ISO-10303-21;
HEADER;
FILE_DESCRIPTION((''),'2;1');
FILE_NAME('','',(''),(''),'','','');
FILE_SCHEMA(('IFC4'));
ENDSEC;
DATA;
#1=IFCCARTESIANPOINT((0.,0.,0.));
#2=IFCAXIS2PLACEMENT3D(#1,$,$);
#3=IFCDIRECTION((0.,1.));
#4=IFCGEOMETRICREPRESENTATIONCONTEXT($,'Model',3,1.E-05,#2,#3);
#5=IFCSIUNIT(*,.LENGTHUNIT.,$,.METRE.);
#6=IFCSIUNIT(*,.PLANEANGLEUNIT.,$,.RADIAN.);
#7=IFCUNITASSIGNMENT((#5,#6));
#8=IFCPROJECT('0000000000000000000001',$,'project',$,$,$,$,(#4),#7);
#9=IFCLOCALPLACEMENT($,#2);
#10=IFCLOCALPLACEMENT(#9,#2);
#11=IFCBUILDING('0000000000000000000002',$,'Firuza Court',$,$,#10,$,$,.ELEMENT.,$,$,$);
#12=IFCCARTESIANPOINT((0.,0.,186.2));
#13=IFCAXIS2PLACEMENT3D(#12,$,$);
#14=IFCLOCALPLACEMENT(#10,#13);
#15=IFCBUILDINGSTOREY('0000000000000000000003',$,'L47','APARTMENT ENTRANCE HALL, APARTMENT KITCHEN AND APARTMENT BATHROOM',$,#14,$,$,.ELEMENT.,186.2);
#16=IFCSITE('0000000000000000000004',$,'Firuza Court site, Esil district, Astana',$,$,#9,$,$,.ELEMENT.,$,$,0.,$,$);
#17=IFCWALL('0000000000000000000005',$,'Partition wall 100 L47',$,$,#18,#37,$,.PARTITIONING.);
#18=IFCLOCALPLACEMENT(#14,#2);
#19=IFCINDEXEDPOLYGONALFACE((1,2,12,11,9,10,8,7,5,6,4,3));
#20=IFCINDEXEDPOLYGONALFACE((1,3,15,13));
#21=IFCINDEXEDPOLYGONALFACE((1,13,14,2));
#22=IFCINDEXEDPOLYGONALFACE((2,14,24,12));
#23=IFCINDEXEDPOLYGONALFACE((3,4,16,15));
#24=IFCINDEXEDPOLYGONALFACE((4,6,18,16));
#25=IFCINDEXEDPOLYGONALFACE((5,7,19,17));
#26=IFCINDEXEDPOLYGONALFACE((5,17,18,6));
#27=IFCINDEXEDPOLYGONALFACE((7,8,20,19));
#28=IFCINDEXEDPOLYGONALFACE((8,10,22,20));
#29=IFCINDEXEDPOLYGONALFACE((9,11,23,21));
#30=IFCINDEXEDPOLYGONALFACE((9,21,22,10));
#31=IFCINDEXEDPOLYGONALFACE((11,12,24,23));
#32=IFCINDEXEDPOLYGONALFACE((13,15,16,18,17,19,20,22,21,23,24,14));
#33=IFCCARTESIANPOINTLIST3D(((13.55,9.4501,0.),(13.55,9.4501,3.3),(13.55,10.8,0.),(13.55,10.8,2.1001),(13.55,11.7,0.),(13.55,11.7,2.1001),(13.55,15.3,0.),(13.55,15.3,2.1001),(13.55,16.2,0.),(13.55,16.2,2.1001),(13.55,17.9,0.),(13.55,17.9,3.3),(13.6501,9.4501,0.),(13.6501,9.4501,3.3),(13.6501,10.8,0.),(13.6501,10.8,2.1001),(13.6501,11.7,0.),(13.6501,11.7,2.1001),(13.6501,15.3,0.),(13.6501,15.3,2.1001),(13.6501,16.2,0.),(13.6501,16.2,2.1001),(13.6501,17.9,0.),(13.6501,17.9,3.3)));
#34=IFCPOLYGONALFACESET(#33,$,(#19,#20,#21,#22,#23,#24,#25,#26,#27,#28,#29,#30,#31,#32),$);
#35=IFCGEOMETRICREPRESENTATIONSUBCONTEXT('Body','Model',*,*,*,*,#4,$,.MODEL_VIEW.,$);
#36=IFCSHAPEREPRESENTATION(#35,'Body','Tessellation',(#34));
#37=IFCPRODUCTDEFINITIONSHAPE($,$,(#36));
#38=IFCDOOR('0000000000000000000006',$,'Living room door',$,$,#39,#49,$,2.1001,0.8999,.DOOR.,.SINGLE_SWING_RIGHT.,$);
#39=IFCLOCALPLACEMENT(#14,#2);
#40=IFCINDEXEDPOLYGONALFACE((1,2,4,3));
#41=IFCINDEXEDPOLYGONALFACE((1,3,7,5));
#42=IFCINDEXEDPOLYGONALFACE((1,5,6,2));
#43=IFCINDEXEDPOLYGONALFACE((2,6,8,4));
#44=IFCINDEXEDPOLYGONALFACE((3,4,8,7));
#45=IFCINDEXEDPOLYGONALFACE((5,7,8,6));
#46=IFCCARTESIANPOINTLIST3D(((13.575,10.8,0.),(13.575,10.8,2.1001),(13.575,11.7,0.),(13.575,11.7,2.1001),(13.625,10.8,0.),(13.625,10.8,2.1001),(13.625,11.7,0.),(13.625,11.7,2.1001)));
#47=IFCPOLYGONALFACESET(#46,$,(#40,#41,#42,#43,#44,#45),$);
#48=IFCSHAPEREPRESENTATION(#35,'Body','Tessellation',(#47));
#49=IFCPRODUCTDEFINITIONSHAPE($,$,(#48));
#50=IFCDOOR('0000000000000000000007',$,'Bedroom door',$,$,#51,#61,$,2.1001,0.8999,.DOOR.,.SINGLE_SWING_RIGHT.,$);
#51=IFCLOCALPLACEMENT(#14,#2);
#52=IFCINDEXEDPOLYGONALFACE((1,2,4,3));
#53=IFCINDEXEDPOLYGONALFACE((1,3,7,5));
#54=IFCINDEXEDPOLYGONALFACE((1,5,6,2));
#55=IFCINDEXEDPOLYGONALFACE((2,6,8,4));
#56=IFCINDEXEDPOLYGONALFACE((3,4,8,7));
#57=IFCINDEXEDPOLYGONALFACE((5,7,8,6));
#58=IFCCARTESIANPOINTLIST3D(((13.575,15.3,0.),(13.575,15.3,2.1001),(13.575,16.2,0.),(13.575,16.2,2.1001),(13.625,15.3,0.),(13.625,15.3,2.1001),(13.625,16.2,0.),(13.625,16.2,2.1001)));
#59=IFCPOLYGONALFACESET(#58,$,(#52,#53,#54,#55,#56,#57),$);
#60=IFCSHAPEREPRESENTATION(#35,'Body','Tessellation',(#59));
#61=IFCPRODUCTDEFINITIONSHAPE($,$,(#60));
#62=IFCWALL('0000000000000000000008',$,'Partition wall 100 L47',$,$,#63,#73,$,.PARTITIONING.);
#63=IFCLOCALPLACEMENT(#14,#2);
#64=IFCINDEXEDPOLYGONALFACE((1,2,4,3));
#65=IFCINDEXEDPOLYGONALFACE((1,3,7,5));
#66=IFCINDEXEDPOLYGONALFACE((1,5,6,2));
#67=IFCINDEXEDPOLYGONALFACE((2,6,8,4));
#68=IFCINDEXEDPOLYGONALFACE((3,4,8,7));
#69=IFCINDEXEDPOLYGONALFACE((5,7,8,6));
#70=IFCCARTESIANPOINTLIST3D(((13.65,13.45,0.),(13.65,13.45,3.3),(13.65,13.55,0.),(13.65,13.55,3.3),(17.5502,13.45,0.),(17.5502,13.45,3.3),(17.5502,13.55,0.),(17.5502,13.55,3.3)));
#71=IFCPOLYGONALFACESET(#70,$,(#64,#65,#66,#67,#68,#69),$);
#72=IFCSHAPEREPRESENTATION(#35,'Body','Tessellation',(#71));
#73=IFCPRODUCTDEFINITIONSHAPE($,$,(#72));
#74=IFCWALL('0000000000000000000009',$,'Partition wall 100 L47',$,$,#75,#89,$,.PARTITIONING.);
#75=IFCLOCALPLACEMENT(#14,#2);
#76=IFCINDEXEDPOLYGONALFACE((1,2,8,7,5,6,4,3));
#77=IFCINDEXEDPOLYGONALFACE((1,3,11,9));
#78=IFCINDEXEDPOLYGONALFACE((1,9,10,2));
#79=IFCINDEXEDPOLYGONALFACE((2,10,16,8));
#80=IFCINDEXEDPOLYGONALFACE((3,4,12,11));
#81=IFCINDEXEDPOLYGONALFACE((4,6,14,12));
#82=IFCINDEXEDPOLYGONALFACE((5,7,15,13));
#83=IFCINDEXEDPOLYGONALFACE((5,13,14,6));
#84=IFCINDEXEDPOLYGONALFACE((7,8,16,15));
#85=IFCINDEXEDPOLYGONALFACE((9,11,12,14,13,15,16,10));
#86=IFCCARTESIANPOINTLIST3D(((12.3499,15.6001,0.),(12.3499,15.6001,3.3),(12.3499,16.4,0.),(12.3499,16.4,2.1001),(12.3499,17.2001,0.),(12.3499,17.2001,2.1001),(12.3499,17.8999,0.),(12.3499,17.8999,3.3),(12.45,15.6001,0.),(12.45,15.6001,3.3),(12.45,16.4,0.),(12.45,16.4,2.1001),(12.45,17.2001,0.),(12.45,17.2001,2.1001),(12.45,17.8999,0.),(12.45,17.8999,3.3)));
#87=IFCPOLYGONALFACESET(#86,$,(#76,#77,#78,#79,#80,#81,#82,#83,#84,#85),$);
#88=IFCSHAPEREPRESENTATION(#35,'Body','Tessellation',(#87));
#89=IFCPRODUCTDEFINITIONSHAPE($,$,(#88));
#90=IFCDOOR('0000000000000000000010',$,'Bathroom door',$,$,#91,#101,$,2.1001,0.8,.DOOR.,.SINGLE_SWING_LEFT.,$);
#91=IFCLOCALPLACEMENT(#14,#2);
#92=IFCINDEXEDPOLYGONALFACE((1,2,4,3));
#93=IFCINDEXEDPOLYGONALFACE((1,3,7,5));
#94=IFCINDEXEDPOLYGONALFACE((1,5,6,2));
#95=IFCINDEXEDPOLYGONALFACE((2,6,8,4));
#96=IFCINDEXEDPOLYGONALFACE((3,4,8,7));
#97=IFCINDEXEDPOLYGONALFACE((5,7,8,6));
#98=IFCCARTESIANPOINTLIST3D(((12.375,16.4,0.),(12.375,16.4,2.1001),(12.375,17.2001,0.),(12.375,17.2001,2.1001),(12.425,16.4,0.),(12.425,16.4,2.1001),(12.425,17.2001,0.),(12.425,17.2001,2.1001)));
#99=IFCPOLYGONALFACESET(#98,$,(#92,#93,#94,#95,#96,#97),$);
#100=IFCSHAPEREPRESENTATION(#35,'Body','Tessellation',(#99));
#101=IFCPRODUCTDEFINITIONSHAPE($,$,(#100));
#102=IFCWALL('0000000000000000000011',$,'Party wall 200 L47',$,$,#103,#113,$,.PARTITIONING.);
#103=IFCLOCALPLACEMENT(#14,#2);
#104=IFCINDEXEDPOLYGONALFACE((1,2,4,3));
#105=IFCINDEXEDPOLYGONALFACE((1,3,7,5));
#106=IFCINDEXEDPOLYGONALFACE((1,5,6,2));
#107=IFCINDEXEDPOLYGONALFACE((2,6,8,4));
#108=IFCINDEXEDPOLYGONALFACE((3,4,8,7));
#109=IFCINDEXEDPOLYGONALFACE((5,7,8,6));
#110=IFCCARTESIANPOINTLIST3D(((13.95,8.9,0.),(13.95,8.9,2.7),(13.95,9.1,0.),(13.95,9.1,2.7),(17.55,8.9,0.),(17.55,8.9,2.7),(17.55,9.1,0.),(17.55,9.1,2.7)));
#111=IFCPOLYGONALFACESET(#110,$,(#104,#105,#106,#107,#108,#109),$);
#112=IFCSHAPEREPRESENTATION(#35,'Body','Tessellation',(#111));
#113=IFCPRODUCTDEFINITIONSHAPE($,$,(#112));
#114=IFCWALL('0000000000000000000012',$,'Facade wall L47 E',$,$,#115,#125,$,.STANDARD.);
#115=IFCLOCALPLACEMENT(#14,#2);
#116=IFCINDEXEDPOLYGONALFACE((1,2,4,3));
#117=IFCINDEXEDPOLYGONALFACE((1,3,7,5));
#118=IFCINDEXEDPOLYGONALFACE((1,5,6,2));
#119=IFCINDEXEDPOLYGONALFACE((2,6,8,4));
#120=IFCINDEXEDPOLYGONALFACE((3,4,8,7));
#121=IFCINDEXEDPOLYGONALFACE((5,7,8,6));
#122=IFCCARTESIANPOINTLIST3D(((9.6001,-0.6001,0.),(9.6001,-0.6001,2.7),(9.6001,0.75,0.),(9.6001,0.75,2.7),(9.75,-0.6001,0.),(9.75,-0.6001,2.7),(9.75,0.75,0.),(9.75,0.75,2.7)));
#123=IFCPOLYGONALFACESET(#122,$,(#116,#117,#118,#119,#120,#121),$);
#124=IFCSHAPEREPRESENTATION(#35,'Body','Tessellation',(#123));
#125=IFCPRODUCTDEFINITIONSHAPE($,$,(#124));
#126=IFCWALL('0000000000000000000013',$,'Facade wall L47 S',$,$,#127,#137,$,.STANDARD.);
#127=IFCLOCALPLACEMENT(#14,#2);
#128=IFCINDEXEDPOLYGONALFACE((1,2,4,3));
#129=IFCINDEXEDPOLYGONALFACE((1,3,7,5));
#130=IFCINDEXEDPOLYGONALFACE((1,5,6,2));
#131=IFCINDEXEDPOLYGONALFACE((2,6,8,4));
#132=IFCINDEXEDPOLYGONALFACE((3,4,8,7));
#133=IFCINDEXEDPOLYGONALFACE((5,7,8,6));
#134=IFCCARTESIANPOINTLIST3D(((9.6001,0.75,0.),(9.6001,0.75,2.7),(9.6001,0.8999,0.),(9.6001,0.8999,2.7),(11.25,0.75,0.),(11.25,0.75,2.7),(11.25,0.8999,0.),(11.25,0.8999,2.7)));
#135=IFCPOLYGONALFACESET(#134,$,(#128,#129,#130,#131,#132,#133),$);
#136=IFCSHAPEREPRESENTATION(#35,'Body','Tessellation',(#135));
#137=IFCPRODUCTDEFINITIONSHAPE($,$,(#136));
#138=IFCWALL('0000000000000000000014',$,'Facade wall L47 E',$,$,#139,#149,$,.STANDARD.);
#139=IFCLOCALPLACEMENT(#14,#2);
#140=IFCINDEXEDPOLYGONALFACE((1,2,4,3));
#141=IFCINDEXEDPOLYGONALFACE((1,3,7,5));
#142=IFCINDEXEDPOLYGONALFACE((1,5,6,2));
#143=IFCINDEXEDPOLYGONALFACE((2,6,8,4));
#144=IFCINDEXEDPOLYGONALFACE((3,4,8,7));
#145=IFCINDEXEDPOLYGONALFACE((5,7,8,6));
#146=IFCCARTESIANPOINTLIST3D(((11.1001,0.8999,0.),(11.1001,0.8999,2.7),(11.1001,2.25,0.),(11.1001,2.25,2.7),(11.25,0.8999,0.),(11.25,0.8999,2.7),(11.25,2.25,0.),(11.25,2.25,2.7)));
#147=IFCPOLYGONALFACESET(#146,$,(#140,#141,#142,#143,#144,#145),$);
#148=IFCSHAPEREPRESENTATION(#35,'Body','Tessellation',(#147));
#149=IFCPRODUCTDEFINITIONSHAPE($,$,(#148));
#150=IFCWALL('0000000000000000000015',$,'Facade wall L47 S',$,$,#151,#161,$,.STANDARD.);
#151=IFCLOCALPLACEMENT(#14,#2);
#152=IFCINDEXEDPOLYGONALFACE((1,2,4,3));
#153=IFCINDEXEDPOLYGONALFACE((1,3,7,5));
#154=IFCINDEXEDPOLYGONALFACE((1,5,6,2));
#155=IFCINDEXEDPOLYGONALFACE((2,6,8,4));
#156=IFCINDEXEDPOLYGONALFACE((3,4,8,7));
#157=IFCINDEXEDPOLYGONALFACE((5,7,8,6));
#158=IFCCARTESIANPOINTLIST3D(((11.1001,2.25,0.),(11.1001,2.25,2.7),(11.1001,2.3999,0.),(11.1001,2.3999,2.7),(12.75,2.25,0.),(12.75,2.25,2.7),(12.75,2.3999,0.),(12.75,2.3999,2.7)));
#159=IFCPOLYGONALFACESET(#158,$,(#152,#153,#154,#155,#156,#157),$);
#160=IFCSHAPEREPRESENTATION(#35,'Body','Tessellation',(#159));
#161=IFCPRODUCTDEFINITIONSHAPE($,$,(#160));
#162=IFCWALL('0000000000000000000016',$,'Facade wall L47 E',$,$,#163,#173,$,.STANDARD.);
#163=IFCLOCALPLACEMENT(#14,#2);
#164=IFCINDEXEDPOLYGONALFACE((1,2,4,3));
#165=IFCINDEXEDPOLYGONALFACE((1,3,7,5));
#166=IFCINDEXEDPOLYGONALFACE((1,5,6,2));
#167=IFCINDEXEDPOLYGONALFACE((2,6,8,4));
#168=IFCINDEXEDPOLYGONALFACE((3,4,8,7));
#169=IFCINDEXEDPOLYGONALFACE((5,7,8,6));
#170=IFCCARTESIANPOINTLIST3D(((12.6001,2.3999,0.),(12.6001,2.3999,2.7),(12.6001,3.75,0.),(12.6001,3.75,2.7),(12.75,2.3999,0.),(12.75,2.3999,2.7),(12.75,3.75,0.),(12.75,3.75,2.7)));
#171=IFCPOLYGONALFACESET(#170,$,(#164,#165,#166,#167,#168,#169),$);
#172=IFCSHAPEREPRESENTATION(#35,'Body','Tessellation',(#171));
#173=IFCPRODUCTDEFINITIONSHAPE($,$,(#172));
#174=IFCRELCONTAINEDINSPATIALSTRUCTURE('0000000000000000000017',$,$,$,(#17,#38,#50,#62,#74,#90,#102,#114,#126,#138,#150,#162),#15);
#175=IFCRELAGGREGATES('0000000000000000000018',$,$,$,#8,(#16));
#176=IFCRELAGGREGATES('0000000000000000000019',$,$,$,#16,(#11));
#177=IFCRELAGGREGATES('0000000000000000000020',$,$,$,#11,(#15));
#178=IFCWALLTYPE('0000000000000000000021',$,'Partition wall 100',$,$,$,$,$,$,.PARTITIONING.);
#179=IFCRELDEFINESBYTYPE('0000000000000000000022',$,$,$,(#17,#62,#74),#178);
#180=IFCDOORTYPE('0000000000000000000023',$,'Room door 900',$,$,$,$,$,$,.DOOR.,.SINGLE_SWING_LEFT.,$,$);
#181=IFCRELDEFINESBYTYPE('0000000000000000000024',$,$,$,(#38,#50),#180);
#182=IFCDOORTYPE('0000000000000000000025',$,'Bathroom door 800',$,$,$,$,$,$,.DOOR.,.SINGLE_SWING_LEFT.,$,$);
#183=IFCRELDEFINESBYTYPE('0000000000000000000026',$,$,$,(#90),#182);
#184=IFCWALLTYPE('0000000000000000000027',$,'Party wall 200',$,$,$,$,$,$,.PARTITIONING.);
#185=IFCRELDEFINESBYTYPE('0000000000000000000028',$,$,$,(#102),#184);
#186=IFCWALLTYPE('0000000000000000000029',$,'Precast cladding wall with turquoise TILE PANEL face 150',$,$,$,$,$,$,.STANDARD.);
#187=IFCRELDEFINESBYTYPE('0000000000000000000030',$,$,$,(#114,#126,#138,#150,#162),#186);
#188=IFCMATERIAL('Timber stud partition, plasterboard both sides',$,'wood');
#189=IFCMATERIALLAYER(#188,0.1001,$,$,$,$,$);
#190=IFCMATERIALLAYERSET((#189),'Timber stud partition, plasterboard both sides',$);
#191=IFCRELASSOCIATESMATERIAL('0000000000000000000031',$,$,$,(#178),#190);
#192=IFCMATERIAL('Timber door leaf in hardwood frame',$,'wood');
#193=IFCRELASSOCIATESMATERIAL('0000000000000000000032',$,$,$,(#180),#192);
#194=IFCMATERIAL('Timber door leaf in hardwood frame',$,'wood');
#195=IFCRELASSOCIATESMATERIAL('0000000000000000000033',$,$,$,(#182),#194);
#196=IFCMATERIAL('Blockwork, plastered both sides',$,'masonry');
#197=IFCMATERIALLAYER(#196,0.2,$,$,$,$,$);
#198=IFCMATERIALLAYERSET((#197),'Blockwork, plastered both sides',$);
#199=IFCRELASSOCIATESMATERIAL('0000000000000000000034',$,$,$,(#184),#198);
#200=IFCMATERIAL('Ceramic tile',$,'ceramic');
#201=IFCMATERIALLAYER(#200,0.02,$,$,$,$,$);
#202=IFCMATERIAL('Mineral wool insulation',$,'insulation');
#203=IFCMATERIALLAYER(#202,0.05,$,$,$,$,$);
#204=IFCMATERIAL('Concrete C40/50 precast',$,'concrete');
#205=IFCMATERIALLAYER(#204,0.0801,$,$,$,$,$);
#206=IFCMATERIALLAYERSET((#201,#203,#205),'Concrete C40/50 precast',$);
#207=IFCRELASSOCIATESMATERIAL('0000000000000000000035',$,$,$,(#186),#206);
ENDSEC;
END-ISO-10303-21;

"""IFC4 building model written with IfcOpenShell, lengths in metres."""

from ifc_helpers import new_model, si_unit, direction, frame, frame_2d, origin, place, context, subcontext, project, spatial, rectangle, extrude, material, layer, layer_set, type_object, element, fill, save


model = new_model("IFC4")

# Units and contexts
model_context = context("Model", 3, precision=1e-05, world=origin(), true_north=direction((0.0, 1.0)))
body_context = subcontext(model_context, "Body", "Model", "MODEL_VIEW")
ifc_project = project(units=[si_unit("LENGTHUNIT", "METRE"), si_unit("PLANEANGLEUNIT", "RADIAN")], contexts=[model_context])

# Site, building, storey
site_placement = place(None, origin())
site = spatial("IfcSite", under=ifc_project, at=site_placement, Name="Firuza Court site, Esil district, Astana", CompositionType="ELEMENT", RefElevation=0.0)
building_placement = place(site_placement, origin())
building = spatial("IfcBuilding", under=site, at=building_placement, Name="Firuza Court", CompositionType="ELEMENT")
storey_placement = place(building_placement, frame((0.0, 0.0, 186.2)))
storey = spatial("IfcBuildingStorey", under=building, at=storey_placement, Name="L47", Description="APARTMENT ENTRANCE HALL, APARTMENT KITCHEN AND APARTMENT BATHROOM", CompositionType="ELEMENT", Elevation=186.2)

# Shared definitions
ifc_material_1 = material(Name="Timber stud partition, plasterboard both sides", Category="wood")
ifc_layer_1 = layer(ifc_material_1, 0.1001)
ifc_layer_set_1 = layer_set([ifc_layer_1], Name="Timber stud partition, plasterboard both sides")
wall_type_1 = type_object("IfcWallType", Name="Partition wall 100", PredefinedType="PARTITIONING", material=ifc_layer_set_1)

# Shared definitions
ifc_material_2 = material(Name="Timber door leaf in hardwood frame", Category="wood")
door_type_1 = type_object("IfcDoorType", Name="Room door 900", OperationType="SINGLE_SWING_LEFT", PredefinedType="DOOR", material=ifc_material_2)

# Wall, openings, doors
wall_1_placement = place(storey_placement, frame((13.6001, 9.45, 0.0), z_axis=(0.0, 0.0, 1.0), x_axis=(0.0, 1.0, 0.0)))
wall_1 = element("IfcWall", 1, at=wall_1_placement, inside=storey, type_object=wall_type_1, Name="Partition wall 100 L47", PredefinedType="PARTITIONING", context=body_context, shape_type="SweptSolid", body=[
    extrude(rectangle(XDim=8.45, YDim=0.1001, at=frame_2d((4.2251, 0.0))), origin(), (0.0, 0.0, 1.0), 3.3),
])
opening_1_placement = place(wall_1_placement, frame((1.3501, 0.0, 0.0)))
opening_1 = element("IfcOpeningElement", 2, at=opening_1_placement, cuts=wall_1, PredefinedType="OPENING", context=body_context, shape_type="SweptSolid", body=[
    extrude(rectangle(XDim=0.8999, YDim=2.1001, at=frame_2d((0.45, 1.05))), frame((0.0, 0.062, 0.0), z_axis=(0.0, -1.0, 0.0), x_axis=(1.0, 0.0, 0.0)), (0.0, 0.0, 1.0), 0.124),
])
opening_2_placement = place(wall_1_placement, frame((5.8501, 0.0, 0.0)))
opening_2 = element("IfcOpeningElement", 3, at=opening_2_placement, cuts=wall_1, PredefinedType="OPENING", context=body_context, shape_type="SweptSolid", body=[
    extrude(rectangle(XDim=0.8999, YDim=2.1001, at=frame_2d((0.45, 1.05))), frame((0.0, 0.062, 0.0), z_axis=(0.0, -1.0, 0.0), x_axis=(1.0, 0.0, 0.0)), (0.0, 0.0, 1.0), 0.124),
])
door_1_placement = place(opening_1_placement, frame((0.8999, 0.0, 0.0), z_axis=(0.0, 0.0, 1.0), x_axis=(-1.0, 0.0, 0.0)))
door_1 = element("IfcDoor", 4, at=door_1_placement, inside=storey, type_object=door_type_1, Name="Living room door", OperationType="SINGLE_SWING_RIGHT", OverallHeight=2.1001, OverallWidth=0.8999, PredefinedType="DOOR", context=body_context, shape_type="SweptSolid", body=[
    extrude(rectangle(XDim=0.8999, YDim=2.1001, at=frame_2d((0.45, 1.05))), frame((0.0, 0.0249, 0.0), z_axis=(0.0, -1.0, 0.0), x_axis=(1.0, 0.0, 0.0)), (0.0, 0.0, 1.0), 0.05),
])
fill(opening_1, door_1)
door_2_placement = place(opening_2_placement, frame((0.8999, 0.0, 0.0), z_axis=(0.0, 0.0, 1.0), x_axis=(-1.0, 0.0, 0.0)))
door_2 = element("IfcDoor", 5, at=door_2_placement, inside=storey, type_object=door_type_1, Name="Bedroom door", OperationType="SINGLE_SWING_RIGHT", OverallHeight=2.1001, OverallWidth=0.8999, PredefinedType="DOOR", context=body_context, shape_type="SweptSolid", body=[
    extrude(rectangle(XDim=0.8999, YDim=2.1001, at=frame_2d((0.45, 1.05))), frame((0.0, 0.0249, 0.0), z_axis=(0.0, -1.0, 0.0), x_axis=(1.0, 0.0, 0.0)), (0.0, 0.0, 1.0), 0.05),
])
fill(opening_2, door_2)

# Wall
wall_2_placement = place(storey_placement, frame((13.6499, 13.5, 0.0), z_axis=(0.0, 0.0, 1.0), x_axis=(1.0, 0.0, 0.0)))
element("IfcWall", 6, at=wall_2_placement, inside=storey, type_object=wall_type_1, Name="Partition wall 100 L47", PredefinedType="PARTITIONING", context=body_context, shape_type="SweptSolid", body=[
    extrude(rectangle(XDim=3.9001, YDim=0.1001, at=frame_2d((1.9502, 0.0))), origin(), (0.0, 0.0, 1.0), 3.3),
])

# Wall, opening, door
wall_3_placement = place(storey_placement, frame((12.3999, 15.6001, 0.0), z_axis=(0.0, 0.0, 1.0), x_axis=(0.0, 1.0, 0.0)))
wall_3 = element("IfcWall", 7, at=wall_3_placement, inside=storey, type_object=wall_type_1, Name="Partition wall 100 L47", PredefinedType="PARTITIONING", context=body_context, shape_type="SweptSolid", body=[
    extrude(rectangle(XDim=2.2998, YDim=0.1001, at=frame_2d((1.1499, 0.0))), origin(), (0.0, 0.0, 1.0), 3.3),
])
opening_3_placement = place(wall_3_placement, frame((0.8, 0.0, 0.0)))
opening_3 = element("IfcOpeningElement", 8, at=opening_3_placement, cuts=wall_3, PredefinedType="OPENING", context=body_context, shape_type="SweptSolid", body=[
    extrude(rectangle(XDim=0.8, YDim=2.1001, at=frame_2d((0.3999, 1.05))), frame((0.0, 0.062, 0.0), z_axis=(0.0, -1.0, 0.0), x_axis=(1.0, 0.0, 0.0)), (0.0, 0.0, 1.0), 0.124),
])
ifc_material_3 = material(Name="Timber door leaf in hardwood frame", Category="wood")
door_type_2 = type_object("IfcDoorType", Name="Bathroom door 800", OperationType="SINGLE_SWING_LEFT", PredefinedType="DOOR", material=ifc_material_3)
door_3_placement = place(opening_3_placement, origin())
door_3 = element("IfcDoor", 9, at=door_3_placement, inside=storey, type_object=door_type_2, Name="Bathroom door", OperationType="SINGLE_SWING_LEFT", OverallHeight=2.1001, OverallWidth=0.8, PredefinedType="DOOR", context=body_context, shape_type="SweptSolid", body=[
    extrude(rectangle(XDim=0.8, YDim=2.1001, at=frame_2d((0.3999, 1.05))), frame((0.0, 0.0249, 0.0), z_axis=(0.0, -1.0, 0.0), x_axis=(1.0, 0.0, 0.0)), (0.0, 0.0, 1.0), 0.05),
])
fill(opening_3, door_3)

# Walls
ifc_material_4 = material(Name="Blockwork, plastered both sides", Category="masonry")
ifc_layer_2 = layer(ifc_material_4, 0.2)
ifc_layer_set_2 = layer_set([ifc_layer_2], Name="Blockwork, plastered both sides")
wall_type_2 = type_object("IfcWallType", Name="Party wall 200", PredefinedType="PARTITIONING", material=ifc_layer_set_2)
wall_4_placement = place(storey_placement, frame((13.95, 9.0, 0.0), z_axis=(0.0, 0.0, 1.0), x_axis=(1.0, 0.0, 0.0)))
element("IfcWall", 10, at=wall_4_placement, inside=storey, type_object=wall_type_2, Name="Party wall 200 L47", PredefinedType="PARTITIONING", context=body_context, shape_type="SweptSolid", body=[
    extrude(rectangle(XDim=3.6001, YDim=0.2, at=frame_2d((1.8, 0.0))), origin(), (0.0, 0.0, 1.0), 2.7),
])
ifc_material_5 = material(Name="Ceramic tile", Category="ceramic")
ifc_layer_3 = layer(ifc_material_5, 0.02)
ifc_material_6 = material(Name="Mineral wool insulation", Category="insulation")
ifc_layer_4 = layer(ifc_material_6, 0.05)
ifc_material_7 = material(Name="Concrete C40/50 precast", Category="concrete")
ifc_layer_5 = layer(ifc_material_7, 0.0801)
ifc_layer_set_3 = layer_set([ifc_layer_3, ifc_layer_4, ifc_layer_5], Name="Concrete C40/50 precast")
wall_type_3 = type_object("IfcWallType", Name="Precast cladding wall with turquoise TILE PANEL face 150", PredefinedType="STANDARD", material=ifc_layer_set_3)
wall_5_placement = place(storey_placement, frame((9.675, -0.6001, 0.0), z_axis=(0.0, 0.0, 1.0), x_axis=(0.0, 1.0, 0.0)))
element("IfcWall", 11, at=wall_5_placement, inside=storey, type_object=wall_type_3, Name="Facade wall L47 E", PredefinedType="STANDARD", context=body_context, shape_type="SweptSolid", body=[
    extrude(rectangle(XDim=1.3501, YDim=0.1499, at=frame_2d((0.675, 0.0))), origin(), (0.0, 0.0, 1.0), 2.7),
])
wall_6_placement = place(storey_placement, frame((9.6001, 0.825, 0.0), z_axis=(0.0, 0.0, 1.0), x_axis=(1.0, 0.0, 0.0)))
element("IfcWall", 12, at=wall_6_placement, inside=storey, type_object=wall_type_3, Name="Facade wall L47 S", PredefinedType="STANDARD", context=body_context, shape_type="SweptSolid", body=[
    extrude(rectangle(XDim=1.6499, YDim=0.1499, at=frame_2d((0.825, 0.0))), origin(), (0.0, 0.0, 1.0), 2.7),
])
wall_7_placement = place(storey_placement, frame((11.175, 0.8999, 0.0), z_axis=(0.0, 0.0, 1.0), x_axis=(0.0, 1.0, 0.0)))
element("IfcWall", 13, at=wall_7_placement, inside=storey, type_object=wall_type_3, Name="Facade wall L47 E", PredefinedType="STANDARD", context=body_context, shape_type="SweptSolid", body=[
    extrude(rectangle(XDim=1.3501, YDim=0.1499, at=frame_2d((0.675, 0.0))), origin(), (0.0, 0.0, 1.0), 2.7),
])
wall_8_placement = place(storey_placement, frame((11.1001, 2.325, 0.0), z_axis=(0.0, 0.0, 1.0), x_axis=(1.0, 0.0, 0.0)))
element("IfcWall", 14, at=wall_8_placement, inside=storey, type_object=wall_type_3, Name="Facade wall L47 S", PredefinedType="STANDARD", context=body_context, shape_type="SweptSolid", body=[
    extrude(rectangle(XDim=1.6499, YDim=0.1499, at=frame_2d((0.825, 0.0))), origin(), (0.0, 0.0, 1.0), 2.7),
])
wall_9_placement = place(storey_placement, frame((12.675, 2.3999, 0.0), z_axis=(0.0, 0.0, 1.0), x_axis=(0.0, 1.0, 0.0)))
element("IfcWall", 15, at=wall_9_placement, inside=storey, type_object=wall_type_3, Name="Facade wall L47 E", PredefinedType="STANDARD", context=body_context, shape_type="SweptSolid", body=[
    extrude(rectangle(XDim=1.3501, YDim=0.1499, at=frame_2d((0.675, 0.0))), origin(), (0.0, 0.0, 1.0), 2.7),
])

save(model, "model.ifc")
